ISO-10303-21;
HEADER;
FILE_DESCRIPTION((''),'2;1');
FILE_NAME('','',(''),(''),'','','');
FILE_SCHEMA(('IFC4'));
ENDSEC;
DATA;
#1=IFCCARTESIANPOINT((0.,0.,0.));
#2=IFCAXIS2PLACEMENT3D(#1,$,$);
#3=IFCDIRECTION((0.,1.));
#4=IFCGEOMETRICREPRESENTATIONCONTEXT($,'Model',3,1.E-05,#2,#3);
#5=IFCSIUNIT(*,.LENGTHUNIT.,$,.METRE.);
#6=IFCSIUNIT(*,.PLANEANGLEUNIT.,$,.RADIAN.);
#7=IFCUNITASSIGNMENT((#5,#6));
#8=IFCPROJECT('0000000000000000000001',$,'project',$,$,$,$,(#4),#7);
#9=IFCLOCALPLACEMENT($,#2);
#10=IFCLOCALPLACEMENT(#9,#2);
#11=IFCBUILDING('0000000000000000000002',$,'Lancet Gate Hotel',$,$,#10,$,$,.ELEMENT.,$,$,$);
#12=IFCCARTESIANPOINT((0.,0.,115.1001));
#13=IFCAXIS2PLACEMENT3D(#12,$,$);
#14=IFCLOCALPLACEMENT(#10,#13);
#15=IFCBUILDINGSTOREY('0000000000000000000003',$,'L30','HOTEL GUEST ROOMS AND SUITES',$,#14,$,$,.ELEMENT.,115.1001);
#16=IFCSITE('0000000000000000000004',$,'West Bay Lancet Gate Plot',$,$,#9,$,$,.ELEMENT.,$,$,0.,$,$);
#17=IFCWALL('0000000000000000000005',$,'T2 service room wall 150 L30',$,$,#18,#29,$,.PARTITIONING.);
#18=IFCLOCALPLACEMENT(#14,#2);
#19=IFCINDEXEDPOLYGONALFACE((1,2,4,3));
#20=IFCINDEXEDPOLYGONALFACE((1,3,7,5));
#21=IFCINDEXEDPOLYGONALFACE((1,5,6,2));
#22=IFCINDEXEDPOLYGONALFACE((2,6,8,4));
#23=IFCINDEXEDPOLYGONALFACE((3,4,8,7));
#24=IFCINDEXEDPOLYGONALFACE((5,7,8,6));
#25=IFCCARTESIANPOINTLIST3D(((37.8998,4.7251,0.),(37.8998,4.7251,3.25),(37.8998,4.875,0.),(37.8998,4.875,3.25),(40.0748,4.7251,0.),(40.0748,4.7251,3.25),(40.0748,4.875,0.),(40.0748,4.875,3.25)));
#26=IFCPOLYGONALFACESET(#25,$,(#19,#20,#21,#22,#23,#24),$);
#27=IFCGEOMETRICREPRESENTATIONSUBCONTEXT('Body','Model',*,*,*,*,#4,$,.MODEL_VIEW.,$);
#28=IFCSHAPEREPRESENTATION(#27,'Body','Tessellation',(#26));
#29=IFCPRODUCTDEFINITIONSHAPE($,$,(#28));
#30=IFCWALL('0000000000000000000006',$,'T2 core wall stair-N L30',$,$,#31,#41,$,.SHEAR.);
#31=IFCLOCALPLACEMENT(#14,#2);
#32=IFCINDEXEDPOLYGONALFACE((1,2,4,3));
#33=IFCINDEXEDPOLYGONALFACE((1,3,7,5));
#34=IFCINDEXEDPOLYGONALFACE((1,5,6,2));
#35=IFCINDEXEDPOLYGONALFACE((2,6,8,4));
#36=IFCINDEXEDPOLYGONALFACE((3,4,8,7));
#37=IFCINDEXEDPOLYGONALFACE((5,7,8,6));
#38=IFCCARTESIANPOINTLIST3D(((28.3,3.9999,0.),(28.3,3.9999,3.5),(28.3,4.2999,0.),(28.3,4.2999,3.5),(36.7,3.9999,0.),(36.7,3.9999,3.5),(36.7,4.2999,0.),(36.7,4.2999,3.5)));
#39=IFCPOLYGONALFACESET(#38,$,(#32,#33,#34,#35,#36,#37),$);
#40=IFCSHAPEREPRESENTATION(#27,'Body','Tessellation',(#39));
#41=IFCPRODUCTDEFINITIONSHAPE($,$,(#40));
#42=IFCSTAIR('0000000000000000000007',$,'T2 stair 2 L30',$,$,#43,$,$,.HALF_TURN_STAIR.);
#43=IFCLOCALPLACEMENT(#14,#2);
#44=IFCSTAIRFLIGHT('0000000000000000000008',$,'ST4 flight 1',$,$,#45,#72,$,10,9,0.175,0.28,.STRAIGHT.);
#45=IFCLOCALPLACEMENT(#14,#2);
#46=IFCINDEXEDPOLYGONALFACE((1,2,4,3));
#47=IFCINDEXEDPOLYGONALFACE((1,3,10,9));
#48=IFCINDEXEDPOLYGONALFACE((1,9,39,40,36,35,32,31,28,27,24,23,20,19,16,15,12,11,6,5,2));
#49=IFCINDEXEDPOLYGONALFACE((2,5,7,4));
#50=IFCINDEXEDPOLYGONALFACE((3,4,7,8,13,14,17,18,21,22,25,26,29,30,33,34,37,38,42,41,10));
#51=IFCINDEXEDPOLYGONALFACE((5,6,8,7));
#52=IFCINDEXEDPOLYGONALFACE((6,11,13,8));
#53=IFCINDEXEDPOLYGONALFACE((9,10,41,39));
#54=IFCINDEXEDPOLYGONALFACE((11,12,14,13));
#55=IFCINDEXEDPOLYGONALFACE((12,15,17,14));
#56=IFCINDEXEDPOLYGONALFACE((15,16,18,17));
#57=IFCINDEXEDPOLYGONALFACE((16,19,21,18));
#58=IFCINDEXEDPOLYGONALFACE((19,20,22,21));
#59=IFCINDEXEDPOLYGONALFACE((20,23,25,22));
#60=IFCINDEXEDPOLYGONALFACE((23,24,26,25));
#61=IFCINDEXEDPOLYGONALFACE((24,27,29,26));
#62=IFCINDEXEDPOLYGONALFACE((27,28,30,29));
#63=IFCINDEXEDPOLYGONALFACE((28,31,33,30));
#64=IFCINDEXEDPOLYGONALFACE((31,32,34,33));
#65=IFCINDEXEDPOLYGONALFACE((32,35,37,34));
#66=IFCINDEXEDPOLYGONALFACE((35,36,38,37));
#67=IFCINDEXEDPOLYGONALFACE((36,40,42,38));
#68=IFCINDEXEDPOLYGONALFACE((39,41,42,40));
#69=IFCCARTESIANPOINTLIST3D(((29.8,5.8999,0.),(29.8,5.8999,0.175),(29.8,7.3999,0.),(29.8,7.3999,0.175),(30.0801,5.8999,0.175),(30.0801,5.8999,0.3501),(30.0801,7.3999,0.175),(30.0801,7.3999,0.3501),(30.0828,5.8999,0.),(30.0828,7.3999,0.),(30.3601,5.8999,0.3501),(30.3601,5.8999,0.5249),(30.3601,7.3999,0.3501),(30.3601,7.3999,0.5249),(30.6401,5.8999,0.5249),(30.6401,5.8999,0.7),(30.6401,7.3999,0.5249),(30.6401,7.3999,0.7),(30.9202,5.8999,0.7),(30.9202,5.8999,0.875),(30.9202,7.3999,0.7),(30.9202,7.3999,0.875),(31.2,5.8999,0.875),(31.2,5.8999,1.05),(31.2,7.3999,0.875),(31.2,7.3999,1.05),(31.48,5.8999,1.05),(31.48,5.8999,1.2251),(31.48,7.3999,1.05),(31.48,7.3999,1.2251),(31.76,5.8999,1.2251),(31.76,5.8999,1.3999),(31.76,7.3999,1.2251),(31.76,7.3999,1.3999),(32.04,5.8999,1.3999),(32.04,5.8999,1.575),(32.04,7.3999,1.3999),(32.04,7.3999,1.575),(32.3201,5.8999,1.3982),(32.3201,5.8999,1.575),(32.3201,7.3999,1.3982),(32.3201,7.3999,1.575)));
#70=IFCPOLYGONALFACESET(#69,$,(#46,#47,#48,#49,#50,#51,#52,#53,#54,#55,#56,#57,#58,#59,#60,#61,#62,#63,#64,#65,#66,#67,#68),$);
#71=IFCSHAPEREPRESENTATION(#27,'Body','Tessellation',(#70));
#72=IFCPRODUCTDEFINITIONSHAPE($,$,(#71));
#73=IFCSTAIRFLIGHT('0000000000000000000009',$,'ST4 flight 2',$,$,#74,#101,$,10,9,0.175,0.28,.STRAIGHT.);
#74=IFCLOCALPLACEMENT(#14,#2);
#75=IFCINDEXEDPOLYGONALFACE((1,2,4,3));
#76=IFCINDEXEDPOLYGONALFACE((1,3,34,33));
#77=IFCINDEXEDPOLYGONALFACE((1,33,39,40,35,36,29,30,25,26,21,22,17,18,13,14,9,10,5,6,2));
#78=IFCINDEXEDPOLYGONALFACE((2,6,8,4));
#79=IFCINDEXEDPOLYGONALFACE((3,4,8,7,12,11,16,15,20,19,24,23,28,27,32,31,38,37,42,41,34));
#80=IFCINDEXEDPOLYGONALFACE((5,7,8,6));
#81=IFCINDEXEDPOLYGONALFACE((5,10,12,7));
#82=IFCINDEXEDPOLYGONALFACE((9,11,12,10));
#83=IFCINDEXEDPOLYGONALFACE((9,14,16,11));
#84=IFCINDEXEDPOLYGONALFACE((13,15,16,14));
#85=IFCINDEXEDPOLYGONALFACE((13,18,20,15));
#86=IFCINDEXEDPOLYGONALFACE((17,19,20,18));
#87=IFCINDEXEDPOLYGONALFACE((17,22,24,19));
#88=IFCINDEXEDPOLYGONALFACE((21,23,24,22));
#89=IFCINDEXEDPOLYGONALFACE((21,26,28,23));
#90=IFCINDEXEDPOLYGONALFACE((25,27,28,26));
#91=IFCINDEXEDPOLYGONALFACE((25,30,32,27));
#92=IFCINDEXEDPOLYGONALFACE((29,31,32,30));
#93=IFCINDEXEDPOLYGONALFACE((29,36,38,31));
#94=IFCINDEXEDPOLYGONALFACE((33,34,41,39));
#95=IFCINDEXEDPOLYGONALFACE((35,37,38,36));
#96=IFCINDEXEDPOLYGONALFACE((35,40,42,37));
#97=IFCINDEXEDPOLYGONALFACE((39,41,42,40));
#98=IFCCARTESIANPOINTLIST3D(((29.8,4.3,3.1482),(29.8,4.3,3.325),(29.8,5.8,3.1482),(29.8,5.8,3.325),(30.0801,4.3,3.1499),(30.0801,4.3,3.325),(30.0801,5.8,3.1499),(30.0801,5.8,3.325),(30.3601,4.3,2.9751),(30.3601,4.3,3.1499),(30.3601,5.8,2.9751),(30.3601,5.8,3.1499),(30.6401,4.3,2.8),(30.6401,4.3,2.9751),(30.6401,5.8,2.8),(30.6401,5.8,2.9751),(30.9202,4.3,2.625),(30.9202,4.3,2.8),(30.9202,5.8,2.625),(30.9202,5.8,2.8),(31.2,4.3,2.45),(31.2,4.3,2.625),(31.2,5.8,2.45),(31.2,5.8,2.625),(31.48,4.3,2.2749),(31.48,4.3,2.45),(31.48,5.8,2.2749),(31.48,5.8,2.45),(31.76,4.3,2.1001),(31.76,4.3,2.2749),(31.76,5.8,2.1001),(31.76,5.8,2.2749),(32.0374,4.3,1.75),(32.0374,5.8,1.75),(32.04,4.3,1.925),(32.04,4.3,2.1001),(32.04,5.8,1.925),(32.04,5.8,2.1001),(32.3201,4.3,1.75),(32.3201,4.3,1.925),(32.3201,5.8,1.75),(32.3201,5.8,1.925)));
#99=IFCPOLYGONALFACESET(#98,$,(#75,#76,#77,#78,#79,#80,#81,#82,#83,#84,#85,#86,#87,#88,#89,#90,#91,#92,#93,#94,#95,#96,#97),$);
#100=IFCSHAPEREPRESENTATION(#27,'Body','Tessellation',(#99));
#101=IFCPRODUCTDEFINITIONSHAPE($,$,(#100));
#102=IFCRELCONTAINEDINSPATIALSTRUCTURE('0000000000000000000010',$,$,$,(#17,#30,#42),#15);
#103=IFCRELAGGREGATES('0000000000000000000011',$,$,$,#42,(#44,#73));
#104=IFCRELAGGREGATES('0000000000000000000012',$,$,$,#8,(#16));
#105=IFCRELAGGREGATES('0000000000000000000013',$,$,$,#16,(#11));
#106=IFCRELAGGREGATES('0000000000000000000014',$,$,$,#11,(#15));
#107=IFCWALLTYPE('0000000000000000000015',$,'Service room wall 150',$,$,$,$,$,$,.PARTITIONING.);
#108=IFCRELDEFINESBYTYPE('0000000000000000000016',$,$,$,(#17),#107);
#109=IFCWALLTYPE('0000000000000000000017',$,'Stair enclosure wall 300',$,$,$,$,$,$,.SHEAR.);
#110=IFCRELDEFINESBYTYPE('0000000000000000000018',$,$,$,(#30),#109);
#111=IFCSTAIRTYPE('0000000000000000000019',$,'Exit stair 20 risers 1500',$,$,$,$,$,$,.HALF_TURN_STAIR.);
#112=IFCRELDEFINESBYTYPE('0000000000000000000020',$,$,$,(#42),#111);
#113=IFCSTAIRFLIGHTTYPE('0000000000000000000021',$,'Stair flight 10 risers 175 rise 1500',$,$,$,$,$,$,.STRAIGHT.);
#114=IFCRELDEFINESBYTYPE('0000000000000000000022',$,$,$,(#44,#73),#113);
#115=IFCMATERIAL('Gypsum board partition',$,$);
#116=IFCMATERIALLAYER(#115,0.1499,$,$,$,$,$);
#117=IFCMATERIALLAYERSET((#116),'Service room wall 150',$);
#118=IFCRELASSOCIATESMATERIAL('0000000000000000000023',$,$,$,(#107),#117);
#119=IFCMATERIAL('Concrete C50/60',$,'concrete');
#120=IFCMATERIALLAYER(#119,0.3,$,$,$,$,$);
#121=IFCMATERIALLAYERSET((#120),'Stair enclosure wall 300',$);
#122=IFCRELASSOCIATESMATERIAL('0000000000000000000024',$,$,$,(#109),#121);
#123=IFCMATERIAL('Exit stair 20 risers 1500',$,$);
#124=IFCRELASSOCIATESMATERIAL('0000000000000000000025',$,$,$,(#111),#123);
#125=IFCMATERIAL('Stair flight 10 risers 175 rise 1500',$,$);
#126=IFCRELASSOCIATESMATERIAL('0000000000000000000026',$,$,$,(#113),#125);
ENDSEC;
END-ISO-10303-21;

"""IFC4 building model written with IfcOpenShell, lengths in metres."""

from ifc_helpers import new_model, si_unit, direction, frame, frame_2d, origin, place, context, subcontext, project, spatial, polyline, rectangle, outline, extrude, material, layer, layer_set, type_object, element, aggregate, save


model = new_model("IFC4")

# Units and contexts
model_context = context("Model", 3, precision=1e-05, world=origin(), true_north=direction((0.0, 1.0)))
body_context = subcontext(model_context, "Body", "Model", "MODEL_VIEW")
ifc_project = project(units=[si_unit("LENGTHUNIT", "METRE"), si_unit("PLANEANGLEUNIT", "RADIAN")], contexts=[model_context])

# Site, building, storey
site_placement = place(None, origin())
site = spatial("IfcSite", under=ifc_project, at=site_placement, Name="West Bay Lancet Gate Plot", CompositionType="ELEMENT", RefElevation=0.0)
building_placement = place(site_placement, origin())
building = spatial("IfcBuilding", under=site, at=building_placement, Name="Lancet Gate Hotel", CompositionType="ELEMENT")
storey_placement = place(building_placement, frame((0.0, 0.0, 115.1001)))
storey = spatial("IfcBuildingStorey", under=building, at=storey_placement, Name="L30", Description="HOTEL GUEST ROOMS AND SUITES", CompositionType="ELEMENT", Elevation=115.1001)

# Walls
ifc_material_1 = material(Name="Gypsum board partition")
ifc_layer_1 = layer(ifc_material_1, 0.1499)
ifc_layer_set_1 = layer_set([ifc_layer_1], Name="Service room wall 150")
wall_type_1 = type_object("IfcWallType", Name="Service room wall 150", PredefinedType="PARTITIONING", material=ifc_layer_set_1)
for number, where, z_axis, x_axis, name in (
    (1, (37.8999, 4.8, 0.0), (0.0, 0.0, 1.0), (1.0, 0.0, 0.0), "T2 service room wall 150 L30"),
):
    element("IfcWall", number, at=place(storey_placement, frame(where, z_axis=z_axis, x_axis=x_axis)), inside=storey, type_object=wall_type_1, Name=name, PredefinedType="PARTITIONING", context=body_context, shape_type="SweptSolid", body=[
        extrude(rectangle(XDim=2.175, YDim=0.1499, at=frame_2d((1.0874, 0.0))), origin(), (0.0, 0.0, 1.0), 3.25),
    ])
ifc_material_2 = material(Name="Concrete C50/60", Category="concrete")
ifc_layer_2 = layer(ifc_material_2, 0.3)
ifc_layer_set_2 = layer_set([ifc_layer_2], Name="Stair enclosure wall 300")
wall_type_2 = type_object("IfcWallType", Name="Stair enclosure wall 300", PredefinedType="SHEAR", material=ifc_layer_set_2)
wall_1_placement = place(storey_placement, frame((28.3, 4.1499, 0.0), z_axis=(0.0, 0.0, 1.0), x_axis=(1.0, 0.0, 0.0)))
element("IfcWall", 2, at=wall_1_placement, inside=storey, type_object=wall_type_2, Name="T2 core wall stair-N L30", PredefinedType="SHEAR", context=body_context, shape_type="SweptSolid", body=[
    extrude(rectangle(XDim=8.3999, YDim=0.3, at=frame_2d((4.2, 0.0))), origin(), (0.0, 0.0, 1.0), 3.5),
])

# Stair, stair flights
ifc_material_3 = material(Name="Exit stair 20 risers 1500")
stair_type = type_object("IfcStairType", Name="Exit stair 20 risers 1500", PredefinedType="HALF_TURN_STAIR", material=ifc_material_3)
stair_placement = place(storey_placement, origin())
stair = element("IfcStair", 3, at=stair_placement, inside=storey, type_object=stair_type, Name="T2 stair 2 L30", PredefinedType="HALF_TURN_STAIR")
ifc_material_4 = material(Name="Stair flight 10 risers 175 rise 1500")
stair_flight_type = type_object("IfcStairFlightType", Name="Stair flight 10 risers 175 rise 1500", PredefinedType="STRAIGHT", material=ifc_material_4)
stair_flight_1_placement = place(storey_placement, frame((29.8, 6.6499, 0.0), z_axis=(0.0, 0.0, 1.0), x_axis=(1.0, 0.0, 0.0)))
stair_flight_1 = element("IfcStairFlight", 4, at=stair_flight_1_placement, type_object=stair_flight_type, Name="ST4 flight 1", NumberOfRisers=10, NumberOfTreads=9, PredefinedType="STRAIGHT", RiserHeight=0.175, TreadLength=0.28, context=body_context, shape_type="SweptSolid", body=[
    extrude(outline(polyline([(0.0, 0.0), (0.0, 0.175), (0.28, 0.175), (0.28, 0.3501), (0.5601, 0.3501), (0.5601, 0.5249), (0.8401, 0.5249), (0.8401, 0.7), (1.1201, 0.7), (1.1201, 0.875), (1.3999, 0.875), (1.3999, 1.05), (1.6799, 1.05), (1.6799, 1.2251), (1.96, 1.2251), (1.96, 1.3999), (2.24, 1.3999), (2.24, 1.575), (2.52, 1.575), (2.52, 1.75), (2.52, 1.3982), (0.2827, 0.0), (0.0, 0.0)])), frame((0.0, 0.75, 0.0), z_axis=(0.0, -1.0, 0.0), x_axis=(1.0, 0.0, 0.0)), (0.0, 0.0, 1.0), 1.5),
])
stair_flight_2_placement = place(storey_placement, frame((32.3201, 5.05, 1.75), z_axis=(0.0, 0.0, 1.0), x_axis=(-1.0, 0.0, 0.0)))
stair_flight_2 = element("IfcStairFlight", 5, at=stair_flight_2_placement, type_object=stair_flight_type, Name="ST4 flight 2", NumberOfRisers=10, NumberOfTreads=9, PredefinedType="STRAIGHT", RiserHeight=0.175, TreadLength=0.28, context=body_context, shape_type="SweptSolid", body=[
    extrude(outline(polyline([(0.0, 0.0), (0.0, 0.175), (0.28, 0.175), (0.28, 0.3501), (0.5601, 0.3501), (0.5601, 0.5249), (0.8401, 0.5249), (0.8401, 0.7), (1.1201, 0.7), (1.1201, 0.875), (1.3999, 0.875), (1.3999, 1.05), (1.6799, 1.05), (1.6799, 1.2251), (1.96, 1.2251), (1.96, 1.3999), (2.24, 1.3999), (2.24, 1.575), (2.52, 1.575), (2.52, 1.75), (2.52, 1.3982), (0.2827, 0.0), (0.0, 0.0)])), frame((0.0, 0.75, 0.0), z_axis=(0.0, -1.0, 0.0), x_axis=(1.0, 0.0, 0.0)), (0.0, 0.0, 1.0), 1.5),
])
aggregate(stair, [stair_flight_1, stair_flight_2])

save(model, "model.ifc")
